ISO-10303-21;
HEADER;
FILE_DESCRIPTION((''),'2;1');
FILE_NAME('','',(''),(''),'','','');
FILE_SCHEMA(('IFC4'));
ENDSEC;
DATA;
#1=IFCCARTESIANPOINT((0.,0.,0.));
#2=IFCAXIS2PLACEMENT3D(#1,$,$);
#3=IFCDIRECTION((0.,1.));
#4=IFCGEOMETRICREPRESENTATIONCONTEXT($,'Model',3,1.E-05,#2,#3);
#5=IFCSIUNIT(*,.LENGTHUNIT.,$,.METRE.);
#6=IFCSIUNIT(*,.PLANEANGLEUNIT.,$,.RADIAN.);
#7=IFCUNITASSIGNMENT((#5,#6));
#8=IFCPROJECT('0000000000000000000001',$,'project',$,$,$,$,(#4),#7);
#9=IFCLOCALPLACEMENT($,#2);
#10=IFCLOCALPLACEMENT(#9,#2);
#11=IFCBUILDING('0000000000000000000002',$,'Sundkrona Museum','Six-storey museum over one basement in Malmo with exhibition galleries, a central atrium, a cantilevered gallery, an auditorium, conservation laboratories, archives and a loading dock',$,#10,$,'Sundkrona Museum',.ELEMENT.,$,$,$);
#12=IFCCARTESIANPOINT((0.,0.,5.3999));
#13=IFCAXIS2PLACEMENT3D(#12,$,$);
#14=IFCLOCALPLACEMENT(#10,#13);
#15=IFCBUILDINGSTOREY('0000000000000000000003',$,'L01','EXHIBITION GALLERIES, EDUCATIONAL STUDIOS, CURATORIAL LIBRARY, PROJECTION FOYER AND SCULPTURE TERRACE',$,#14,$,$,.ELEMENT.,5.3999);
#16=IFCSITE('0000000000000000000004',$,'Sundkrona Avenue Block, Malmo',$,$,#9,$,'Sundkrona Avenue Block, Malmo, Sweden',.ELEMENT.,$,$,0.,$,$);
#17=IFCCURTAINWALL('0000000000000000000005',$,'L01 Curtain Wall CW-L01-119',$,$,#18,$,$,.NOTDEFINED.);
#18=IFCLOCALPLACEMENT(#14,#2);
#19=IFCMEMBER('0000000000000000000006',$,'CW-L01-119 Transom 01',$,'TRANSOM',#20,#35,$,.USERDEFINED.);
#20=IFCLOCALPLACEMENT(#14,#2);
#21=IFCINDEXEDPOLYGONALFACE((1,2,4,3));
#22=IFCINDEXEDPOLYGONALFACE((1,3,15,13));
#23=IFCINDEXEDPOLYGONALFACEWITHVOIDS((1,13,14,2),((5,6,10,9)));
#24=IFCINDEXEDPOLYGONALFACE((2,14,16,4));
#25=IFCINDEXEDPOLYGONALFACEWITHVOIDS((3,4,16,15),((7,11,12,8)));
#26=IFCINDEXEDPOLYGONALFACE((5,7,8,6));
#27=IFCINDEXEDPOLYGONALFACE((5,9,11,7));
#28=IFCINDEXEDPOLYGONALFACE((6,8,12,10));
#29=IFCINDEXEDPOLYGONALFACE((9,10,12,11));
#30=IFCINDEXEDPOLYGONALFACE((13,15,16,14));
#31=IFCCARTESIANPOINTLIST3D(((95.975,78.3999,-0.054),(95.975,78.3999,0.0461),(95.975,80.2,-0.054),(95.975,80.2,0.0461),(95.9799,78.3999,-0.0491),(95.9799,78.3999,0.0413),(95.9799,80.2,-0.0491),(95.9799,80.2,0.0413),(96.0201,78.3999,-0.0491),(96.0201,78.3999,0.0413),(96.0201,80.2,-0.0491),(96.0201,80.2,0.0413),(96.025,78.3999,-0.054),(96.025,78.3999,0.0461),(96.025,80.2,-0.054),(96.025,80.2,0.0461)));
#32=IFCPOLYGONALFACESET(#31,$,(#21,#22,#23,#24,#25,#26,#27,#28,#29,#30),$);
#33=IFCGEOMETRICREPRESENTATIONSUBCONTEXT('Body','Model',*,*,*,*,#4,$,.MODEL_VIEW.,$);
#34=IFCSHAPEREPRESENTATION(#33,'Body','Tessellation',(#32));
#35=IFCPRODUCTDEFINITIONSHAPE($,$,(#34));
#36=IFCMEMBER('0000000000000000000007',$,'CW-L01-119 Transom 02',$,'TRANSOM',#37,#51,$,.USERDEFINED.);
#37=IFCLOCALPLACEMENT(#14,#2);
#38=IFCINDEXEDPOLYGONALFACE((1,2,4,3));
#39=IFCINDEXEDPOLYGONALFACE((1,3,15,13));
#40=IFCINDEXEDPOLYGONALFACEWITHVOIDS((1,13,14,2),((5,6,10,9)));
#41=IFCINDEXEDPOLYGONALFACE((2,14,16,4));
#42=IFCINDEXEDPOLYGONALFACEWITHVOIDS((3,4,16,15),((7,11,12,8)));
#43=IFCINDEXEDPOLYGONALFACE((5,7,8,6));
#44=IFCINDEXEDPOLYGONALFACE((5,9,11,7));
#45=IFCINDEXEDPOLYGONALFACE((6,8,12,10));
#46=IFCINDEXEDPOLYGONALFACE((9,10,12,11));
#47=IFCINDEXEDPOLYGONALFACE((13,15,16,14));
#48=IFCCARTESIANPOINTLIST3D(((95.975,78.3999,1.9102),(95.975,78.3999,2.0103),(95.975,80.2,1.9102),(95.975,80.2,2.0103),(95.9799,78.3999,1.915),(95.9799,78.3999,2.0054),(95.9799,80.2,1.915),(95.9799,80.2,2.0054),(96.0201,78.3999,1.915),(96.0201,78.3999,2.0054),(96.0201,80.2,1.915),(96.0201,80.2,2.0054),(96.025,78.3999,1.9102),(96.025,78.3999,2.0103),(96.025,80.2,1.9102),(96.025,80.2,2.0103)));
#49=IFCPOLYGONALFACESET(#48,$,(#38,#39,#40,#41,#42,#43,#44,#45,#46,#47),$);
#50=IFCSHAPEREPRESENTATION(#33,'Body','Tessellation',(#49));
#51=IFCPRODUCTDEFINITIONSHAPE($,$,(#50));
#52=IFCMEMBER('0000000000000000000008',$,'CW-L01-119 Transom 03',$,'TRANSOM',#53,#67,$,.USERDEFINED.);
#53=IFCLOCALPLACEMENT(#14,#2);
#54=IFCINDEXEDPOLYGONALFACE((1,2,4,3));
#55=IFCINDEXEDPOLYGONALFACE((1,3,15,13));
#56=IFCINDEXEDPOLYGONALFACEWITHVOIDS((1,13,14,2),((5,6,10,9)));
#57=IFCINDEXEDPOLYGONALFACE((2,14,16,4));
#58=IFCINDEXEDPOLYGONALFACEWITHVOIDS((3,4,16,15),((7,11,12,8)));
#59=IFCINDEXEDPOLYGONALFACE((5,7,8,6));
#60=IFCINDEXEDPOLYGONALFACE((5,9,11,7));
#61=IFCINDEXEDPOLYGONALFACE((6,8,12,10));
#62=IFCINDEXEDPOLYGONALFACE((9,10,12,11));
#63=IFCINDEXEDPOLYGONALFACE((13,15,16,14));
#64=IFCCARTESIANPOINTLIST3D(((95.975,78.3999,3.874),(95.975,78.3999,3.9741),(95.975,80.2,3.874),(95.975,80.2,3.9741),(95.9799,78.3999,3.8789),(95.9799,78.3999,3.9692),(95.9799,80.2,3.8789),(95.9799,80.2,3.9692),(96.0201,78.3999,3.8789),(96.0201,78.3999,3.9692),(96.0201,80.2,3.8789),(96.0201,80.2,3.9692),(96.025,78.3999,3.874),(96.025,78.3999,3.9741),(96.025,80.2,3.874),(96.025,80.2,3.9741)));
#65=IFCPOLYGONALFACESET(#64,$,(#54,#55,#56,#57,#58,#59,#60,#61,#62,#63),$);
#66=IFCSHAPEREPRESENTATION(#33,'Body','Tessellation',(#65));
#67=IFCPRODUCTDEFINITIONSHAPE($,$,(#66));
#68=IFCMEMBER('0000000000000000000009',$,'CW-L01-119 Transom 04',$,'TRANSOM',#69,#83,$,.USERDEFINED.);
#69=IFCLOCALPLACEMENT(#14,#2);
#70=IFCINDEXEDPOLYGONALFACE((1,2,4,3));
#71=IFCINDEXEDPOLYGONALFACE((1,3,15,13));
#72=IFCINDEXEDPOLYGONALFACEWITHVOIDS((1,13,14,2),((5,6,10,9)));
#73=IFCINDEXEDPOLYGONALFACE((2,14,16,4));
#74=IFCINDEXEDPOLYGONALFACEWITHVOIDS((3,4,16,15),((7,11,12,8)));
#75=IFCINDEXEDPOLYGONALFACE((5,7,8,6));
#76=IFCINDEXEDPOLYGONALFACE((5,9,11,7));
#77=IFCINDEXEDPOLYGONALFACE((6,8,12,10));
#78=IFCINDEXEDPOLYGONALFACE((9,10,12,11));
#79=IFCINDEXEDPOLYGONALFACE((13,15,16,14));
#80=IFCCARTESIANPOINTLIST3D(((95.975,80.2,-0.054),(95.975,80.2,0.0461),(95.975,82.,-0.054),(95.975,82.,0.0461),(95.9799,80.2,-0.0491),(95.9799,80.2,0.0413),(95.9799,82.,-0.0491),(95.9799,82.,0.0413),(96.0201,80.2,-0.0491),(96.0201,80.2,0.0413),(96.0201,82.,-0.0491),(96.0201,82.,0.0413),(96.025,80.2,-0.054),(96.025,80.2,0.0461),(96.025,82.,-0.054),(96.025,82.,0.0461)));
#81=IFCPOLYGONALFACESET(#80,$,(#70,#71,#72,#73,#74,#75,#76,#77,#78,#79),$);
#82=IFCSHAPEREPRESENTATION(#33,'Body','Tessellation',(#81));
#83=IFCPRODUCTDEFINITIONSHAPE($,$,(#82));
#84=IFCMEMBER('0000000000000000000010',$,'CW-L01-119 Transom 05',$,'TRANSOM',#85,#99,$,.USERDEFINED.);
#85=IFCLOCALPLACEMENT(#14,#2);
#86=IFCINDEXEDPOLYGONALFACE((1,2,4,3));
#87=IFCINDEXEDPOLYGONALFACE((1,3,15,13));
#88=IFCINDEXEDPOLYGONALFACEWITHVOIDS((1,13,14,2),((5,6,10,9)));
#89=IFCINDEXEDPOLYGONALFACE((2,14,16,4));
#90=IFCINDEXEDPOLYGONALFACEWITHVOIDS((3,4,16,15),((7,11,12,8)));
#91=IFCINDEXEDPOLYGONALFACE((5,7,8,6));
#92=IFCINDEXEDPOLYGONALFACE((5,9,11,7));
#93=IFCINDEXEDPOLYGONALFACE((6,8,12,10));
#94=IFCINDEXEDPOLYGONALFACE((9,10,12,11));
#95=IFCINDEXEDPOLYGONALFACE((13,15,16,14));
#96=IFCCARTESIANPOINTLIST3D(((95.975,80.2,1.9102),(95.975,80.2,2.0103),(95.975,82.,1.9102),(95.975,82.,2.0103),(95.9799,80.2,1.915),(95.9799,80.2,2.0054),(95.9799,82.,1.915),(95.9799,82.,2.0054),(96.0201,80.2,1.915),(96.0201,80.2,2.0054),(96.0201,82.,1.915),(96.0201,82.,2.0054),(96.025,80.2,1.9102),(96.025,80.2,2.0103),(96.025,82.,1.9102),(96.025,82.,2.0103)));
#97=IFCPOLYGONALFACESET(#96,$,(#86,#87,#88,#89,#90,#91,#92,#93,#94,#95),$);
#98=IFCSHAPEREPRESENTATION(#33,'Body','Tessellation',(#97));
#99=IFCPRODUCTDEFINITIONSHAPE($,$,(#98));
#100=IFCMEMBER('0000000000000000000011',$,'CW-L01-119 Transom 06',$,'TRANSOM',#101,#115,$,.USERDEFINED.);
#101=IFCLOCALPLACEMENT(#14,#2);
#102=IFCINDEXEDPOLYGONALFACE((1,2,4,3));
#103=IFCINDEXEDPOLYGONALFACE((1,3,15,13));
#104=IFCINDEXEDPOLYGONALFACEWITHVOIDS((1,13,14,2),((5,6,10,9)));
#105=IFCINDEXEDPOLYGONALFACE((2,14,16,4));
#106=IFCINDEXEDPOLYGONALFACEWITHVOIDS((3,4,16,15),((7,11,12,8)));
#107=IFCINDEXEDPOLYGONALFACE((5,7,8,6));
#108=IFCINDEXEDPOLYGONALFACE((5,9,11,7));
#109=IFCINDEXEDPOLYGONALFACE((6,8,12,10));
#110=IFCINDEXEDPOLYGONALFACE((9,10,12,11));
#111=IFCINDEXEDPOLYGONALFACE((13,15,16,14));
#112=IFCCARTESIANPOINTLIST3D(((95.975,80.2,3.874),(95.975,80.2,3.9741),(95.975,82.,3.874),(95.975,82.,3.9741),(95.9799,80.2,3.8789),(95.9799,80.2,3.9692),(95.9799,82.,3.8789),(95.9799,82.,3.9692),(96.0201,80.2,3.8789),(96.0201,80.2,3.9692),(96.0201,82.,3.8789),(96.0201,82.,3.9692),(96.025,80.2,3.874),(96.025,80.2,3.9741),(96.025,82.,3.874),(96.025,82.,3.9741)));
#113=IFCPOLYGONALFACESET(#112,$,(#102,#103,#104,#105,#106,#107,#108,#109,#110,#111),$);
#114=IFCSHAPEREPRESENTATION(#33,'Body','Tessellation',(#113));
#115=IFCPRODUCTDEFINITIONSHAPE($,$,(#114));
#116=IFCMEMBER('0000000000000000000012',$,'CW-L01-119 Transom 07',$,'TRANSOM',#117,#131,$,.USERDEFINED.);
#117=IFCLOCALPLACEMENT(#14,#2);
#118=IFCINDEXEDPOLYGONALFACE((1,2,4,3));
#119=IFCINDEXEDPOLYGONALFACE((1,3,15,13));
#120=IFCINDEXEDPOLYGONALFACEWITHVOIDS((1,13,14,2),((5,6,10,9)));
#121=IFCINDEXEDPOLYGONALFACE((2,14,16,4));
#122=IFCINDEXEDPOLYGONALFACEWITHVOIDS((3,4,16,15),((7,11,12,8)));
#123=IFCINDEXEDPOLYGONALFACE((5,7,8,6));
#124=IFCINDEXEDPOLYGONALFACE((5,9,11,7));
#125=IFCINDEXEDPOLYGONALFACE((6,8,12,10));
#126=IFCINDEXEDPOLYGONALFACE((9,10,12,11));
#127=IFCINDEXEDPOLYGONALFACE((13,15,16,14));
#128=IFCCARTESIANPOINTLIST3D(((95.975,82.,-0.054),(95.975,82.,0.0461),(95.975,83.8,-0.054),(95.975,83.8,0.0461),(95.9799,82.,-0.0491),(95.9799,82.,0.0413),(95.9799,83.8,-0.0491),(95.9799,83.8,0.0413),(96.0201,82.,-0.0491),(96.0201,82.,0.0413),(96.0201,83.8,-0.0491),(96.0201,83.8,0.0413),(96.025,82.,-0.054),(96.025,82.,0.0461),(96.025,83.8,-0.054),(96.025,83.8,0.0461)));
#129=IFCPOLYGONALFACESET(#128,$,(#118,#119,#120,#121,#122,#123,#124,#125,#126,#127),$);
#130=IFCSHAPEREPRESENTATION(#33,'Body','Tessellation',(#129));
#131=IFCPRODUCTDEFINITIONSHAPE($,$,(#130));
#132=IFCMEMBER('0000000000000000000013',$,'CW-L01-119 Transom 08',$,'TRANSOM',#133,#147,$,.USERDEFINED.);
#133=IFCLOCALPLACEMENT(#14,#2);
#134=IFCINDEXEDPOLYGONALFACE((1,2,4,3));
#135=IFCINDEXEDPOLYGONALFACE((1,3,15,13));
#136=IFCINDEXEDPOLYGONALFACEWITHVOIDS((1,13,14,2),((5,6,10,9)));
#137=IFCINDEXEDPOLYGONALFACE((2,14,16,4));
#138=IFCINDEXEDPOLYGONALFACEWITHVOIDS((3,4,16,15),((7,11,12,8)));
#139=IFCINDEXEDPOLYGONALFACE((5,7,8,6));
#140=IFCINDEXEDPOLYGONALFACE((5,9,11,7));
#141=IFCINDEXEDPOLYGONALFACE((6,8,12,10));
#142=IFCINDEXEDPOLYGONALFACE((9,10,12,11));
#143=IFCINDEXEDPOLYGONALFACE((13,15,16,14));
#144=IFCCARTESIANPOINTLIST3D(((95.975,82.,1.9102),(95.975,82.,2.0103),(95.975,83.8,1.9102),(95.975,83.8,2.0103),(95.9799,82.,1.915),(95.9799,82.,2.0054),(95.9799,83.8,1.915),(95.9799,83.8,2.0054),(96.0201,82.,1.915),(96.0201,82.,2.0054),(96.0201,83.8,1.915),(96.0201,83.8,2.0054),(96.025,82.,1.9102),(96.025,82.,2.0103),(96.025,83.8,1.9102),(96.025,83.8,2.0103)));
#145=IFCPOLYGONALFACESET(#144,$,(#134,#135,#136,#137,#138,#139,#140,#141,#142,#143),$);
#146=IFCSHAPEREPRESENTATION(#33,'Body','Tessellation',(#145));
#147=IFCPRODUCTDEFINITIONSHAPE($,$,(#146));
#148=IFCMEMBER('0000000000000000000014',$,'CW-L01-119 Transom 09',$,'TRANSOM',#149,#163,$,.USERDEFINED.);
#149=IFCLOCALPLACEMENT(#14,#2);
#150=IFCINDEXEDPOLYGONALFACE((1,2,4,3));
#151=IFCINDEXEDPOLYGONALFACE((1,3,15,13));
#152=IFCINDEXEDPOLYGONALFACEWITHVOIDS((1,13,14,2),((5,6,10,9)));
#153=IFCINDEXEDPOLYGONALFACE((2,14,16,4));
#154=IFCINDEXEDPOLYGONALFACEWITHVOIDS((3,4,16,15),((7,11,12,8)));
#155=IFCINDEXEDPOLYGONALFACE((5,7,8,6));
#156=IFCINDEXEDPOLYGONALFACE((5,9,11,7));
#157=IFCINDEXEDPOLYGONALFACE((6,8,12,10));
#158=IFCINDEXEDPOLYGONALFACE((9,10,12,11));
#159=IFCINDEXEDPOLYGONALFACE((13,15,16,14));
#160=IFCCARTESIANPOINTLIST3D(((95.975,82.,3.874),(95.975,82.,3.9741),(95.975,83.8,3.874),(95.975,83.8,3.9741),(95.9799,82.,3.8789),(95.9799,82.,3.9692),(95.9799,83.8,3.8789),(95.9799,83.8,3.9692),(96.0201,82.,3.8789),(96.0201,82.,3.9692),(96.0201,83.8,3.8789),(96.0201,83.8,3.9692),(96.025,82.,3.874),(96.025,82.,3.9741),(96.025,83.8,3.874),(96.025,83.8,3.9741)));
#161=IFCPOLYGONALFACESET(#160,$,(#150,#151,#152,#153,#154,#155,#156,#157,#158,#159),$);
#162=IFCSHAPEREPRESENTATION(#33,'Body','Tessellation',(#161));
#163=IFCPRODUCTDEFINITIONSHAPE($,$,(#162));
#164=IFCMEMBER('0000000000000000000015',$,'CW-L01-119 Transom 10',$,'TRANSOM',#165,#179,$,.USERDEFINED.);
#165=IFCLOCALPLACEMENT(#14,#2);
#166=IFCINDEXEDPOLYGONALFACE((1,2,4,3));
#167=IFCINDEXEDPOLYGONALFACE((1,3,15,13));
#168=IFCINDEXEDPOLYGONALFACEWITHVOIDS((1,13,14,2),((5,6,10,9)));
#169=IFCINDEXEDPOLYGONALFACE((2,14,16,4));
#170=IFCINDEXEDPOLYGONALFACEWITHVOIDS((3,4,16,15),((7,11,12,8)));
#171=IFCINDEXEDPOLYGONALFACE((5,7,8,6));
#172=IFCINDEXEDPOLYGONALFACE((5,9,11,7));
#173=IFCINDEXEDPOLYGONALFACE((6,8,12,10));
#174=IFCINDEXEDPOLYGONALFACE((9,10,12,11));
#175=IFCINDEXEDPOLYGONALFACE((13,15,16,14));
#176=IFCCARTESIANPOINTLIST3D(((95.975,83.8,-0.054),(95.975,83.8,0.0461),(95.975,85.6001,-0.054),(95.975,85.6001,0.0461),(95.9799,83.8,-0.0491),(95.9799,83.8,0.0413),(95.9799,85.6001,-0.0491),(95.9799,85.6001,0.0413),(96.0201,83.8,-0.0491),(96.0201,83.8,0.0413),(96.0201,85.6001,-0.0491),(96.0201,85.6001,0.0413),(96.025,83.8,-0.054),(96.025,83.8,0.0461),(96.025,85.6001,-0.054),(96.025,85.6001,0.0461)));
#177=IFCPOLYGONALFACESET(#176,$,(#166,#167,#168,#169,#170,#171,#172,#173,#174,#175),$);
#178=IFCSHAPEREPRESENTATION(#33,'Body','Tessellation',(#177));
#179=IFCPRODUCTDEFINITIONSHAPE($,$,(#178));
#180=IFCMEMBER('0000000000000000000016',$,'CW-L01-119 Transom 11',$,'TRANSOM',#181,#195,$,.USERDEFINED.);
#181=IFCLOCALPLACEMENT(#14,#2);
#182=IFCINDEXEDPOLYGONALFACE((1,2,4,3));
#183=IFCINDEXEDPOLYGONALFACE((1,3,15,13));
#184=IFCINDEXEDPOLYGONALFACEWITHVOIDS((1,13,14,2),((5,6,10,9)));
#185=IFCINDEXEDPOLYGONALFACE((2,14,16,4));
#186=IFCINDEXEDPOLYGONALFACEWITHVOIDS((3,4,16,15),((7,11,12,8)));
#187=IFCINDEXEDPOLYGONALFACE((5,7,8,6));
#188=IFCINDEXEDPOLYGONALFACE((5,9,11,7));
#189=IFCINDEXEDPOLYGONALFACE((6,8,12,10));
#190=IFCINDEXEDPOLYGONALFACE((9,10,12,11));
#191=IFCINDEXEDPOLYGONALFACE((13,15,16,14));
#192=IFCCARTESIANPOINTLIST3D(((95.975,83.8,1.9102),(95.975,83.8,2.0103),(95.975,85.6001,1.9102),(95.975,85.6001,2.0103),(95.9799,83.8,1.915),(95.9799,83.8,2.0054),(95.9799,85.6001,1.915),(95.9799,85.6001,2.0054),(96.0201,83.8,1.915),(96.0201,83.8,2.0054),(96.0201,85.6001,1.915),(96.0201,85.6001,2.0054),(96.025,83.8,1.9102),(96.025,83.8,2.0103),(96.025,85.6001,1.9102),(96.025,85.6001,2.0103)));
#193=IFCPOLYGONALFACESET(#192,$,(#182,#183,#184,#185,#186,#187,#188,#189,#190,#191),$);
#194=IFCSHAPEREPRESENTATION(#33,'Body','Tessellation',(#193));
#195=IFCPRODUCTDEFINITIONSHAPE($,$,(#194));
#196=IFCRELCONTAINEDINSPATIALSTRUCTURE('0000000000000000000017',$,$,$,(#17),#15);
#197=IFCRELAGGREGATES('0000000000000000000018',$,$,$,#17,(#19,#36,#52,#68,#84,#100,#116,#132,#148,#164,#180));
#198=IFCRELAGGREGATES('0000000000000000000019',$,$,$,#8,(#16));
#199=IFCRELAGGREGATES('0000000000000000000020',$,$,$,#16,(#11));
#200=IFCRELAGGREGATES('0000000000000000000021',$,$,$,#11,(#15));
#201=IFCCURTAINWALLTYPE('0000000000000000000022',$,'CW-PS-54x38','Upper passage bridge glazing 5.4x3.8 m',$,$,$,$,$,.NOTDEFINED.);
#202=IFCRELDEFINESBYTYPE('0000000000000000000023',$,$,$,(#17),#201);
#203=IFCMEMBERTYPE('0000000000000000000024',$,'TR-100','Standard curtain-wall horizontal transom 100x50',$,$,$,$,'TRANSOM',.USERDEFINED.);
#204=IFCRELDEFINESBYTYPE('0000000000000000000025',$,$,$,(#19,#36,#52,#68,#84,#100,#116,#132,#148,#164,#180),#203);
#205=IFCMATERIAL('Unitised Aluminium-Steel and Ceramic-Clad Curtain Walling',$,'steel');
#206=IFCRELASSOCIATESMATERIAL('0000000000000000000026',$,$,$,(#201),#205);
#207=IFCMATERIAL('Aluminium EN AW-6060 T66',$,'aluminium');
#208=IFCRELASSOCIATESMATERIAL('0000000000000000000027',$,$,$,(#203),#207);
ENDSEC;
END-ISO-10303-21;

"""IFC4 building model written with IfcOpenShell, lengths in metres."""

from ifc_helpers import new_model, si_unit, direction, frame, origin, origin_2d, place, context, subcontext, project, spatial, hollow_rectangle, extrude, material, material_profile, profile_set, type_object, element, aggregate, save


model = new_model("IFC4")

# Units and contexts
model_context = context("Model", 3, precision=1e-05, world=origin(), true_north=direction((0.0, 1.0)))
body_context = subcontext(model_context, "Body", "Model", "MODEL_VIEW")
ifc_project = project(units=[si_unit("LENGTHUNIT", "METRE"), si_unit("PLANEANGLEUNIT", "RADIAN")], contexts=[model_context])

# Site, building, storey
site_placement = place(None, origin())
site = spatial("IfcSite", under=ifc_project, at=site_placement, Name="Sundkrona Avenue Block, Malmo", LongName="Sundkrona Avenue Block, Malmo, Sweden", CompositionType="ELEMENT", RefElevation=0.0)
building_placement = place(site_placement, origin())
building = spatial("IfcBuilding", under=site, at=building_placement, Name="Sundkrona Museum", Description="Six-storey museum over one basement in Malmo with exhibition galleries, a central atrium, a cantilevered gallery, an auditorium, conservation laboratories, archives and a loading dock", LongName="Sundkrona Museum", CompositionType="ELEMENT")
storey_placement = place(building_placement, frame((0.0, 0.0, 5.3999)))
storey = spatial("IfcBuildingStorey", under=building, at=storey_placement, Name="L01", Description="EXHIBITION GALLERIES, EDUCATIONAL STUDIOS, CURATORIAL LIBRARY, PROJECTION FOYER AND SCULPTURE TERRACE", CompositionType="ELEMENT", Elevation=5.3999)

# Curtain wall
ifc_material_1 = material(Name="Unitised Aluminium-Steel and Ceramic-Clad Curtain Walling", Category="steel")
curtain_wall_type = type_object("IfcCurtainWallType", Name="CW-PS-54x38", Description="Upper passage bridge glazing 5.4x3.8 m", PredefinedType="NOTDEFINED", material=ifc_material_1)
ifc_material_2 = material(Name="Aluminium EN AW-6060 T66", Category="aluminium")
curtain_wall_1_placement = place(storey_placement, origin())
curtain_wall_1 = element("IfcCurtainWall", 1, at=curtain_wall_1_placement, inside=storey, type_object=curtain_wall_type, Name="L01 Curtain Wall CW-L01-119", PredefinedType="NOTDEFINED")

# Members
ifc_material_profile_1 = material_profile(ifc_material_2, hollow_rectangle(XDim=0.05, YDim=0.1001, WallThickness=0.0049, at=origin_2d()), Name="RHS 100x50x5.0")
ifc_profile_set_1 = profile_set([ifc_material_profile_1], Name="Aluminium EN AW-6060 T66")
member_type_1 = type_object("IfcMemberType", Name="TR-100", Description="Standard curtain-wall horizontal transom 100x50", ElementType="TRANSOM", PredefinedType="USERDEFINED", material=ifc_profile_set_1)
member_1_placement = place(storey_placement, frame((96.0, 78.3999, -0.0039), z_axis=(0.0, 1.0, 0.0), x_axis=(-1.0, 0.0, 0.0)))
member_1 = element("IfcMember", 2, at=member_1_placement, type_object=member_type_1, Name="CW-L01-119 Transom 01", ObjectType="TRANSOM", PredefinedType="USERDEFINED", context=body_context, shape_type="SweptSolid", body=[
    extrude(hollow_rectangle(XDim=0.05, YDim=0.1001, WallThickness=0.0049, at=origin_2d()), origin(), (0.0, 0.0, 1.0), 1.8),
])
member_2_placement = place(storey_placement, frame((96.0, 78.3999, 1.9602), z_axis=(0.0, 1.0, 0.0), x_axis=(-1.0, 0.0, 0.0)))
member_2 = element("IfcMember", 3, at=member_2_placement, type_object=member_type_1, Name="CW-L01-119 Transom 02", ObjectType="TRANSOM", PredefinedType="USERDEFINED", context=body_context, shape_type="SweptSolid", body=[
    extrude(hollow_rectangle(XDim=0.05, YDim=0.1001, WallThickness=0.0049, at=origin_2d()), origin(), (0.0, 0.0, 1.0), 1.8),
])
member_3_placement = place(storey_placement, frame((96.0, 78.3999, 3.9241), z_axis=(0.0, 1.0, 0.0), x_axis=(-1.0, 0.0, 0.0)))
member_3 = element("IfcMember", 4, at=member_3_placement, type_object=member_type_1, Name="CW-L01-119 Transom 03", ObjectType="TRANSOM", PredefinedType="USERDEFINED", context=body_context, shape_type="SweptSolid", body=[
    extrude(hollow_rectangle(XDim=0.05, YDim=0.1001, WallThickness=0.0049, at=origin_2d()), origin(), (0.0, 0.0, 1.0), 1.8),
])
member_4_placement = place(storey_placement, frame((96.0, 80.2, -0.0039), z_axis=(0.0, 1.0, 0.0), x_axis=(-1.0, 0.0, 0.0)))
member_4 = element("IfcMember", 5, at=member_4_placement, type_object=member_type_1, Name="CW-L01-119 Transom 04", ObjectType="TRANSOM", PredefinedType="USERDEFINED", context=body_context, shape_type="SweptSolid", body=[
    extrude(hollow_rectangle(XDim=0.05, YDim=0.1001, WallThickness=0.0049, at=origin_2d()), origin(), (0.0, 0.0, 1.0), 1.8),
])
member_5_placement = place(storey_placement, frame((96.0, 80.2, 1.9602), z_axis=(0.0, 1.0, 0.0), x_axis=(-1.0, 0.0, 0.0)))
member_5 = element("IfcMember", 6, at=member_5_placement, type_object=member_type_1, Name="CW-L01-119 Transom 05", ObjectType="TRANSOM", PredefinedType="USERDEFINED", context=body_context, shape_type="SweptSolid", body=[
    extrude(hollow_rectangle(XDim=0.05, YDim=0.1001, WallThickness=0.0049, at=origin_2d()), origin(), (0.0, 0.0, 1.0), 1.8),
])
member_6_placement = place(storey_placement, frame((96.0, 80.2, 3.9241), z_axis=(0.0, 1.0, 0.0), x_axis=(-1.0, 0.0, 0.0)))
member_6 = element("IfcMember", 7, at=member_6_placement, type_object=member_type_1, Name="CW-L01-119 Transom 06", ObjectType="TRANSOM", PredefinedType="USERDEFINED", context=body_context, shape_type="SweptSolid", body=[
    extrude(hollow_rectangle(XDim=0.05, YDim=0.1001, WallThickness=0.0049, at=origin_2d()), origin(), (0.0, 0.0, 1.0), 1.8),
])
member_7_placement = place(storey_placement, frame((96.0, 82.0, -0.0039), z_axis=(0.0, 1.0, 0.0), x_axis=(-1.0, 0.0, 0.0)))
member_7 = element("IfcMember", 8, at=member_7_placement, type_object=member_type_1, Name="CW-L01-119 Transom 07", ObjectType="TRANSOM", PredefinedType="USERDEFINED", context=body_context, shape_type="SweptSolid", body=[
    extrude(hollow_rectangle(XDim=0.05, YDim=0.1001, WallThickness=0.0049, at=origin_2d()), origin(), (0.0, 0.0, 1.0), 1.8),
])
member_8_placement = place(storey_placement, frame((96.0, 82.0, 1.9602), z_axis=(0.0, 1.0, 0.0), x_axis=(-1.0, 0.0, 0.0)))
member_8 = element("IfcMember", 9, at=member_8_placement, type_object=member_type_1, Name="CW-L01-119 Transom 08", ObjectType="TRANSOM", PredefinedType="USERDEFINED", context=body_context, shape_type="SweptSolid", body=[
    extrude(hollow_rectangle(XDim=0.05, YDim=0.1001, WallThickness=0.0049, at=origin_2d()), origin(), (0.0, 0.0, 1.0), 1.8),
])
member_9_placement = place(storey_placement, frame((96.0, 82.0, 3.9241), z_axis=(0.0, 1.0, 0.0), x_axis=(-1.0, 0.0, 0.0)))
member_9 = element("IfcMember", 10, at=member_9_placement, type_object=member_type_1, Name="CW-L01-119 Transom 09", ObjectType="TRANSOM", PredefinedType="USERDEFINED", context=body_context, shape_type="SweptSolid", body=[
    extrude(hollow_rectangle(XDim=0.05, YDim=0.1001, WallThickness=0.0049, at=origin_2d()), origin(), (0.0, 0.0, 1.0), 1.8),
])
member_10_placement = place(storey_placement, frame((96.0, 83.8, -0.0039), z_axis=(0.0, 1.0, 0.0), x_axis=(-1.0, 0.0, 0.0)))
member_10 = element("IfcMember", 11, at=member_10_placement, type_object=member_type_1, Name="CW-L01-119 Transom 10", ObjectType="TRANSOM", PredefinedType="USERDEFINED", context=body_context, shape_type="SweptSolid", body=[
    extrude(hollow_rectangle(XDim=0.05, YDim=0.1001, WallThickness=0.0049, at=origin_2d()), origin(), (0.0, 0.0, 1.0), 1.8),
])
member_11_placement = place(storey_placement, frame((96.0, 83.8, 1.9602), z_axis=(0.0, 1.0, 0.0), x_axis=(-1.0, 0.0, 0.0)))
member_11 = element("IfcMember", 12, at=member_11_placement, type_object=member_type_1, Name="CW-L01-119 Transom 11", ObjectType="TRANSOM", PredefinedType="USERDEFINED", context=body_context, shape_type="SweptSolid", body=[
    extrude(hollow_rectangle(XDim=0.05, YDim=0.1001, WallThickness=0.0049, at=origin_2d()), origin(), (0.0, 0.0, 1.0), 1.8),
])

aggregate(curtain_wall_1, [member_1, member_2, member_3, member_4, member_5, member_6, member_7, member_8, member_9, member_10, member_11])

save(model, "model.ifc")
